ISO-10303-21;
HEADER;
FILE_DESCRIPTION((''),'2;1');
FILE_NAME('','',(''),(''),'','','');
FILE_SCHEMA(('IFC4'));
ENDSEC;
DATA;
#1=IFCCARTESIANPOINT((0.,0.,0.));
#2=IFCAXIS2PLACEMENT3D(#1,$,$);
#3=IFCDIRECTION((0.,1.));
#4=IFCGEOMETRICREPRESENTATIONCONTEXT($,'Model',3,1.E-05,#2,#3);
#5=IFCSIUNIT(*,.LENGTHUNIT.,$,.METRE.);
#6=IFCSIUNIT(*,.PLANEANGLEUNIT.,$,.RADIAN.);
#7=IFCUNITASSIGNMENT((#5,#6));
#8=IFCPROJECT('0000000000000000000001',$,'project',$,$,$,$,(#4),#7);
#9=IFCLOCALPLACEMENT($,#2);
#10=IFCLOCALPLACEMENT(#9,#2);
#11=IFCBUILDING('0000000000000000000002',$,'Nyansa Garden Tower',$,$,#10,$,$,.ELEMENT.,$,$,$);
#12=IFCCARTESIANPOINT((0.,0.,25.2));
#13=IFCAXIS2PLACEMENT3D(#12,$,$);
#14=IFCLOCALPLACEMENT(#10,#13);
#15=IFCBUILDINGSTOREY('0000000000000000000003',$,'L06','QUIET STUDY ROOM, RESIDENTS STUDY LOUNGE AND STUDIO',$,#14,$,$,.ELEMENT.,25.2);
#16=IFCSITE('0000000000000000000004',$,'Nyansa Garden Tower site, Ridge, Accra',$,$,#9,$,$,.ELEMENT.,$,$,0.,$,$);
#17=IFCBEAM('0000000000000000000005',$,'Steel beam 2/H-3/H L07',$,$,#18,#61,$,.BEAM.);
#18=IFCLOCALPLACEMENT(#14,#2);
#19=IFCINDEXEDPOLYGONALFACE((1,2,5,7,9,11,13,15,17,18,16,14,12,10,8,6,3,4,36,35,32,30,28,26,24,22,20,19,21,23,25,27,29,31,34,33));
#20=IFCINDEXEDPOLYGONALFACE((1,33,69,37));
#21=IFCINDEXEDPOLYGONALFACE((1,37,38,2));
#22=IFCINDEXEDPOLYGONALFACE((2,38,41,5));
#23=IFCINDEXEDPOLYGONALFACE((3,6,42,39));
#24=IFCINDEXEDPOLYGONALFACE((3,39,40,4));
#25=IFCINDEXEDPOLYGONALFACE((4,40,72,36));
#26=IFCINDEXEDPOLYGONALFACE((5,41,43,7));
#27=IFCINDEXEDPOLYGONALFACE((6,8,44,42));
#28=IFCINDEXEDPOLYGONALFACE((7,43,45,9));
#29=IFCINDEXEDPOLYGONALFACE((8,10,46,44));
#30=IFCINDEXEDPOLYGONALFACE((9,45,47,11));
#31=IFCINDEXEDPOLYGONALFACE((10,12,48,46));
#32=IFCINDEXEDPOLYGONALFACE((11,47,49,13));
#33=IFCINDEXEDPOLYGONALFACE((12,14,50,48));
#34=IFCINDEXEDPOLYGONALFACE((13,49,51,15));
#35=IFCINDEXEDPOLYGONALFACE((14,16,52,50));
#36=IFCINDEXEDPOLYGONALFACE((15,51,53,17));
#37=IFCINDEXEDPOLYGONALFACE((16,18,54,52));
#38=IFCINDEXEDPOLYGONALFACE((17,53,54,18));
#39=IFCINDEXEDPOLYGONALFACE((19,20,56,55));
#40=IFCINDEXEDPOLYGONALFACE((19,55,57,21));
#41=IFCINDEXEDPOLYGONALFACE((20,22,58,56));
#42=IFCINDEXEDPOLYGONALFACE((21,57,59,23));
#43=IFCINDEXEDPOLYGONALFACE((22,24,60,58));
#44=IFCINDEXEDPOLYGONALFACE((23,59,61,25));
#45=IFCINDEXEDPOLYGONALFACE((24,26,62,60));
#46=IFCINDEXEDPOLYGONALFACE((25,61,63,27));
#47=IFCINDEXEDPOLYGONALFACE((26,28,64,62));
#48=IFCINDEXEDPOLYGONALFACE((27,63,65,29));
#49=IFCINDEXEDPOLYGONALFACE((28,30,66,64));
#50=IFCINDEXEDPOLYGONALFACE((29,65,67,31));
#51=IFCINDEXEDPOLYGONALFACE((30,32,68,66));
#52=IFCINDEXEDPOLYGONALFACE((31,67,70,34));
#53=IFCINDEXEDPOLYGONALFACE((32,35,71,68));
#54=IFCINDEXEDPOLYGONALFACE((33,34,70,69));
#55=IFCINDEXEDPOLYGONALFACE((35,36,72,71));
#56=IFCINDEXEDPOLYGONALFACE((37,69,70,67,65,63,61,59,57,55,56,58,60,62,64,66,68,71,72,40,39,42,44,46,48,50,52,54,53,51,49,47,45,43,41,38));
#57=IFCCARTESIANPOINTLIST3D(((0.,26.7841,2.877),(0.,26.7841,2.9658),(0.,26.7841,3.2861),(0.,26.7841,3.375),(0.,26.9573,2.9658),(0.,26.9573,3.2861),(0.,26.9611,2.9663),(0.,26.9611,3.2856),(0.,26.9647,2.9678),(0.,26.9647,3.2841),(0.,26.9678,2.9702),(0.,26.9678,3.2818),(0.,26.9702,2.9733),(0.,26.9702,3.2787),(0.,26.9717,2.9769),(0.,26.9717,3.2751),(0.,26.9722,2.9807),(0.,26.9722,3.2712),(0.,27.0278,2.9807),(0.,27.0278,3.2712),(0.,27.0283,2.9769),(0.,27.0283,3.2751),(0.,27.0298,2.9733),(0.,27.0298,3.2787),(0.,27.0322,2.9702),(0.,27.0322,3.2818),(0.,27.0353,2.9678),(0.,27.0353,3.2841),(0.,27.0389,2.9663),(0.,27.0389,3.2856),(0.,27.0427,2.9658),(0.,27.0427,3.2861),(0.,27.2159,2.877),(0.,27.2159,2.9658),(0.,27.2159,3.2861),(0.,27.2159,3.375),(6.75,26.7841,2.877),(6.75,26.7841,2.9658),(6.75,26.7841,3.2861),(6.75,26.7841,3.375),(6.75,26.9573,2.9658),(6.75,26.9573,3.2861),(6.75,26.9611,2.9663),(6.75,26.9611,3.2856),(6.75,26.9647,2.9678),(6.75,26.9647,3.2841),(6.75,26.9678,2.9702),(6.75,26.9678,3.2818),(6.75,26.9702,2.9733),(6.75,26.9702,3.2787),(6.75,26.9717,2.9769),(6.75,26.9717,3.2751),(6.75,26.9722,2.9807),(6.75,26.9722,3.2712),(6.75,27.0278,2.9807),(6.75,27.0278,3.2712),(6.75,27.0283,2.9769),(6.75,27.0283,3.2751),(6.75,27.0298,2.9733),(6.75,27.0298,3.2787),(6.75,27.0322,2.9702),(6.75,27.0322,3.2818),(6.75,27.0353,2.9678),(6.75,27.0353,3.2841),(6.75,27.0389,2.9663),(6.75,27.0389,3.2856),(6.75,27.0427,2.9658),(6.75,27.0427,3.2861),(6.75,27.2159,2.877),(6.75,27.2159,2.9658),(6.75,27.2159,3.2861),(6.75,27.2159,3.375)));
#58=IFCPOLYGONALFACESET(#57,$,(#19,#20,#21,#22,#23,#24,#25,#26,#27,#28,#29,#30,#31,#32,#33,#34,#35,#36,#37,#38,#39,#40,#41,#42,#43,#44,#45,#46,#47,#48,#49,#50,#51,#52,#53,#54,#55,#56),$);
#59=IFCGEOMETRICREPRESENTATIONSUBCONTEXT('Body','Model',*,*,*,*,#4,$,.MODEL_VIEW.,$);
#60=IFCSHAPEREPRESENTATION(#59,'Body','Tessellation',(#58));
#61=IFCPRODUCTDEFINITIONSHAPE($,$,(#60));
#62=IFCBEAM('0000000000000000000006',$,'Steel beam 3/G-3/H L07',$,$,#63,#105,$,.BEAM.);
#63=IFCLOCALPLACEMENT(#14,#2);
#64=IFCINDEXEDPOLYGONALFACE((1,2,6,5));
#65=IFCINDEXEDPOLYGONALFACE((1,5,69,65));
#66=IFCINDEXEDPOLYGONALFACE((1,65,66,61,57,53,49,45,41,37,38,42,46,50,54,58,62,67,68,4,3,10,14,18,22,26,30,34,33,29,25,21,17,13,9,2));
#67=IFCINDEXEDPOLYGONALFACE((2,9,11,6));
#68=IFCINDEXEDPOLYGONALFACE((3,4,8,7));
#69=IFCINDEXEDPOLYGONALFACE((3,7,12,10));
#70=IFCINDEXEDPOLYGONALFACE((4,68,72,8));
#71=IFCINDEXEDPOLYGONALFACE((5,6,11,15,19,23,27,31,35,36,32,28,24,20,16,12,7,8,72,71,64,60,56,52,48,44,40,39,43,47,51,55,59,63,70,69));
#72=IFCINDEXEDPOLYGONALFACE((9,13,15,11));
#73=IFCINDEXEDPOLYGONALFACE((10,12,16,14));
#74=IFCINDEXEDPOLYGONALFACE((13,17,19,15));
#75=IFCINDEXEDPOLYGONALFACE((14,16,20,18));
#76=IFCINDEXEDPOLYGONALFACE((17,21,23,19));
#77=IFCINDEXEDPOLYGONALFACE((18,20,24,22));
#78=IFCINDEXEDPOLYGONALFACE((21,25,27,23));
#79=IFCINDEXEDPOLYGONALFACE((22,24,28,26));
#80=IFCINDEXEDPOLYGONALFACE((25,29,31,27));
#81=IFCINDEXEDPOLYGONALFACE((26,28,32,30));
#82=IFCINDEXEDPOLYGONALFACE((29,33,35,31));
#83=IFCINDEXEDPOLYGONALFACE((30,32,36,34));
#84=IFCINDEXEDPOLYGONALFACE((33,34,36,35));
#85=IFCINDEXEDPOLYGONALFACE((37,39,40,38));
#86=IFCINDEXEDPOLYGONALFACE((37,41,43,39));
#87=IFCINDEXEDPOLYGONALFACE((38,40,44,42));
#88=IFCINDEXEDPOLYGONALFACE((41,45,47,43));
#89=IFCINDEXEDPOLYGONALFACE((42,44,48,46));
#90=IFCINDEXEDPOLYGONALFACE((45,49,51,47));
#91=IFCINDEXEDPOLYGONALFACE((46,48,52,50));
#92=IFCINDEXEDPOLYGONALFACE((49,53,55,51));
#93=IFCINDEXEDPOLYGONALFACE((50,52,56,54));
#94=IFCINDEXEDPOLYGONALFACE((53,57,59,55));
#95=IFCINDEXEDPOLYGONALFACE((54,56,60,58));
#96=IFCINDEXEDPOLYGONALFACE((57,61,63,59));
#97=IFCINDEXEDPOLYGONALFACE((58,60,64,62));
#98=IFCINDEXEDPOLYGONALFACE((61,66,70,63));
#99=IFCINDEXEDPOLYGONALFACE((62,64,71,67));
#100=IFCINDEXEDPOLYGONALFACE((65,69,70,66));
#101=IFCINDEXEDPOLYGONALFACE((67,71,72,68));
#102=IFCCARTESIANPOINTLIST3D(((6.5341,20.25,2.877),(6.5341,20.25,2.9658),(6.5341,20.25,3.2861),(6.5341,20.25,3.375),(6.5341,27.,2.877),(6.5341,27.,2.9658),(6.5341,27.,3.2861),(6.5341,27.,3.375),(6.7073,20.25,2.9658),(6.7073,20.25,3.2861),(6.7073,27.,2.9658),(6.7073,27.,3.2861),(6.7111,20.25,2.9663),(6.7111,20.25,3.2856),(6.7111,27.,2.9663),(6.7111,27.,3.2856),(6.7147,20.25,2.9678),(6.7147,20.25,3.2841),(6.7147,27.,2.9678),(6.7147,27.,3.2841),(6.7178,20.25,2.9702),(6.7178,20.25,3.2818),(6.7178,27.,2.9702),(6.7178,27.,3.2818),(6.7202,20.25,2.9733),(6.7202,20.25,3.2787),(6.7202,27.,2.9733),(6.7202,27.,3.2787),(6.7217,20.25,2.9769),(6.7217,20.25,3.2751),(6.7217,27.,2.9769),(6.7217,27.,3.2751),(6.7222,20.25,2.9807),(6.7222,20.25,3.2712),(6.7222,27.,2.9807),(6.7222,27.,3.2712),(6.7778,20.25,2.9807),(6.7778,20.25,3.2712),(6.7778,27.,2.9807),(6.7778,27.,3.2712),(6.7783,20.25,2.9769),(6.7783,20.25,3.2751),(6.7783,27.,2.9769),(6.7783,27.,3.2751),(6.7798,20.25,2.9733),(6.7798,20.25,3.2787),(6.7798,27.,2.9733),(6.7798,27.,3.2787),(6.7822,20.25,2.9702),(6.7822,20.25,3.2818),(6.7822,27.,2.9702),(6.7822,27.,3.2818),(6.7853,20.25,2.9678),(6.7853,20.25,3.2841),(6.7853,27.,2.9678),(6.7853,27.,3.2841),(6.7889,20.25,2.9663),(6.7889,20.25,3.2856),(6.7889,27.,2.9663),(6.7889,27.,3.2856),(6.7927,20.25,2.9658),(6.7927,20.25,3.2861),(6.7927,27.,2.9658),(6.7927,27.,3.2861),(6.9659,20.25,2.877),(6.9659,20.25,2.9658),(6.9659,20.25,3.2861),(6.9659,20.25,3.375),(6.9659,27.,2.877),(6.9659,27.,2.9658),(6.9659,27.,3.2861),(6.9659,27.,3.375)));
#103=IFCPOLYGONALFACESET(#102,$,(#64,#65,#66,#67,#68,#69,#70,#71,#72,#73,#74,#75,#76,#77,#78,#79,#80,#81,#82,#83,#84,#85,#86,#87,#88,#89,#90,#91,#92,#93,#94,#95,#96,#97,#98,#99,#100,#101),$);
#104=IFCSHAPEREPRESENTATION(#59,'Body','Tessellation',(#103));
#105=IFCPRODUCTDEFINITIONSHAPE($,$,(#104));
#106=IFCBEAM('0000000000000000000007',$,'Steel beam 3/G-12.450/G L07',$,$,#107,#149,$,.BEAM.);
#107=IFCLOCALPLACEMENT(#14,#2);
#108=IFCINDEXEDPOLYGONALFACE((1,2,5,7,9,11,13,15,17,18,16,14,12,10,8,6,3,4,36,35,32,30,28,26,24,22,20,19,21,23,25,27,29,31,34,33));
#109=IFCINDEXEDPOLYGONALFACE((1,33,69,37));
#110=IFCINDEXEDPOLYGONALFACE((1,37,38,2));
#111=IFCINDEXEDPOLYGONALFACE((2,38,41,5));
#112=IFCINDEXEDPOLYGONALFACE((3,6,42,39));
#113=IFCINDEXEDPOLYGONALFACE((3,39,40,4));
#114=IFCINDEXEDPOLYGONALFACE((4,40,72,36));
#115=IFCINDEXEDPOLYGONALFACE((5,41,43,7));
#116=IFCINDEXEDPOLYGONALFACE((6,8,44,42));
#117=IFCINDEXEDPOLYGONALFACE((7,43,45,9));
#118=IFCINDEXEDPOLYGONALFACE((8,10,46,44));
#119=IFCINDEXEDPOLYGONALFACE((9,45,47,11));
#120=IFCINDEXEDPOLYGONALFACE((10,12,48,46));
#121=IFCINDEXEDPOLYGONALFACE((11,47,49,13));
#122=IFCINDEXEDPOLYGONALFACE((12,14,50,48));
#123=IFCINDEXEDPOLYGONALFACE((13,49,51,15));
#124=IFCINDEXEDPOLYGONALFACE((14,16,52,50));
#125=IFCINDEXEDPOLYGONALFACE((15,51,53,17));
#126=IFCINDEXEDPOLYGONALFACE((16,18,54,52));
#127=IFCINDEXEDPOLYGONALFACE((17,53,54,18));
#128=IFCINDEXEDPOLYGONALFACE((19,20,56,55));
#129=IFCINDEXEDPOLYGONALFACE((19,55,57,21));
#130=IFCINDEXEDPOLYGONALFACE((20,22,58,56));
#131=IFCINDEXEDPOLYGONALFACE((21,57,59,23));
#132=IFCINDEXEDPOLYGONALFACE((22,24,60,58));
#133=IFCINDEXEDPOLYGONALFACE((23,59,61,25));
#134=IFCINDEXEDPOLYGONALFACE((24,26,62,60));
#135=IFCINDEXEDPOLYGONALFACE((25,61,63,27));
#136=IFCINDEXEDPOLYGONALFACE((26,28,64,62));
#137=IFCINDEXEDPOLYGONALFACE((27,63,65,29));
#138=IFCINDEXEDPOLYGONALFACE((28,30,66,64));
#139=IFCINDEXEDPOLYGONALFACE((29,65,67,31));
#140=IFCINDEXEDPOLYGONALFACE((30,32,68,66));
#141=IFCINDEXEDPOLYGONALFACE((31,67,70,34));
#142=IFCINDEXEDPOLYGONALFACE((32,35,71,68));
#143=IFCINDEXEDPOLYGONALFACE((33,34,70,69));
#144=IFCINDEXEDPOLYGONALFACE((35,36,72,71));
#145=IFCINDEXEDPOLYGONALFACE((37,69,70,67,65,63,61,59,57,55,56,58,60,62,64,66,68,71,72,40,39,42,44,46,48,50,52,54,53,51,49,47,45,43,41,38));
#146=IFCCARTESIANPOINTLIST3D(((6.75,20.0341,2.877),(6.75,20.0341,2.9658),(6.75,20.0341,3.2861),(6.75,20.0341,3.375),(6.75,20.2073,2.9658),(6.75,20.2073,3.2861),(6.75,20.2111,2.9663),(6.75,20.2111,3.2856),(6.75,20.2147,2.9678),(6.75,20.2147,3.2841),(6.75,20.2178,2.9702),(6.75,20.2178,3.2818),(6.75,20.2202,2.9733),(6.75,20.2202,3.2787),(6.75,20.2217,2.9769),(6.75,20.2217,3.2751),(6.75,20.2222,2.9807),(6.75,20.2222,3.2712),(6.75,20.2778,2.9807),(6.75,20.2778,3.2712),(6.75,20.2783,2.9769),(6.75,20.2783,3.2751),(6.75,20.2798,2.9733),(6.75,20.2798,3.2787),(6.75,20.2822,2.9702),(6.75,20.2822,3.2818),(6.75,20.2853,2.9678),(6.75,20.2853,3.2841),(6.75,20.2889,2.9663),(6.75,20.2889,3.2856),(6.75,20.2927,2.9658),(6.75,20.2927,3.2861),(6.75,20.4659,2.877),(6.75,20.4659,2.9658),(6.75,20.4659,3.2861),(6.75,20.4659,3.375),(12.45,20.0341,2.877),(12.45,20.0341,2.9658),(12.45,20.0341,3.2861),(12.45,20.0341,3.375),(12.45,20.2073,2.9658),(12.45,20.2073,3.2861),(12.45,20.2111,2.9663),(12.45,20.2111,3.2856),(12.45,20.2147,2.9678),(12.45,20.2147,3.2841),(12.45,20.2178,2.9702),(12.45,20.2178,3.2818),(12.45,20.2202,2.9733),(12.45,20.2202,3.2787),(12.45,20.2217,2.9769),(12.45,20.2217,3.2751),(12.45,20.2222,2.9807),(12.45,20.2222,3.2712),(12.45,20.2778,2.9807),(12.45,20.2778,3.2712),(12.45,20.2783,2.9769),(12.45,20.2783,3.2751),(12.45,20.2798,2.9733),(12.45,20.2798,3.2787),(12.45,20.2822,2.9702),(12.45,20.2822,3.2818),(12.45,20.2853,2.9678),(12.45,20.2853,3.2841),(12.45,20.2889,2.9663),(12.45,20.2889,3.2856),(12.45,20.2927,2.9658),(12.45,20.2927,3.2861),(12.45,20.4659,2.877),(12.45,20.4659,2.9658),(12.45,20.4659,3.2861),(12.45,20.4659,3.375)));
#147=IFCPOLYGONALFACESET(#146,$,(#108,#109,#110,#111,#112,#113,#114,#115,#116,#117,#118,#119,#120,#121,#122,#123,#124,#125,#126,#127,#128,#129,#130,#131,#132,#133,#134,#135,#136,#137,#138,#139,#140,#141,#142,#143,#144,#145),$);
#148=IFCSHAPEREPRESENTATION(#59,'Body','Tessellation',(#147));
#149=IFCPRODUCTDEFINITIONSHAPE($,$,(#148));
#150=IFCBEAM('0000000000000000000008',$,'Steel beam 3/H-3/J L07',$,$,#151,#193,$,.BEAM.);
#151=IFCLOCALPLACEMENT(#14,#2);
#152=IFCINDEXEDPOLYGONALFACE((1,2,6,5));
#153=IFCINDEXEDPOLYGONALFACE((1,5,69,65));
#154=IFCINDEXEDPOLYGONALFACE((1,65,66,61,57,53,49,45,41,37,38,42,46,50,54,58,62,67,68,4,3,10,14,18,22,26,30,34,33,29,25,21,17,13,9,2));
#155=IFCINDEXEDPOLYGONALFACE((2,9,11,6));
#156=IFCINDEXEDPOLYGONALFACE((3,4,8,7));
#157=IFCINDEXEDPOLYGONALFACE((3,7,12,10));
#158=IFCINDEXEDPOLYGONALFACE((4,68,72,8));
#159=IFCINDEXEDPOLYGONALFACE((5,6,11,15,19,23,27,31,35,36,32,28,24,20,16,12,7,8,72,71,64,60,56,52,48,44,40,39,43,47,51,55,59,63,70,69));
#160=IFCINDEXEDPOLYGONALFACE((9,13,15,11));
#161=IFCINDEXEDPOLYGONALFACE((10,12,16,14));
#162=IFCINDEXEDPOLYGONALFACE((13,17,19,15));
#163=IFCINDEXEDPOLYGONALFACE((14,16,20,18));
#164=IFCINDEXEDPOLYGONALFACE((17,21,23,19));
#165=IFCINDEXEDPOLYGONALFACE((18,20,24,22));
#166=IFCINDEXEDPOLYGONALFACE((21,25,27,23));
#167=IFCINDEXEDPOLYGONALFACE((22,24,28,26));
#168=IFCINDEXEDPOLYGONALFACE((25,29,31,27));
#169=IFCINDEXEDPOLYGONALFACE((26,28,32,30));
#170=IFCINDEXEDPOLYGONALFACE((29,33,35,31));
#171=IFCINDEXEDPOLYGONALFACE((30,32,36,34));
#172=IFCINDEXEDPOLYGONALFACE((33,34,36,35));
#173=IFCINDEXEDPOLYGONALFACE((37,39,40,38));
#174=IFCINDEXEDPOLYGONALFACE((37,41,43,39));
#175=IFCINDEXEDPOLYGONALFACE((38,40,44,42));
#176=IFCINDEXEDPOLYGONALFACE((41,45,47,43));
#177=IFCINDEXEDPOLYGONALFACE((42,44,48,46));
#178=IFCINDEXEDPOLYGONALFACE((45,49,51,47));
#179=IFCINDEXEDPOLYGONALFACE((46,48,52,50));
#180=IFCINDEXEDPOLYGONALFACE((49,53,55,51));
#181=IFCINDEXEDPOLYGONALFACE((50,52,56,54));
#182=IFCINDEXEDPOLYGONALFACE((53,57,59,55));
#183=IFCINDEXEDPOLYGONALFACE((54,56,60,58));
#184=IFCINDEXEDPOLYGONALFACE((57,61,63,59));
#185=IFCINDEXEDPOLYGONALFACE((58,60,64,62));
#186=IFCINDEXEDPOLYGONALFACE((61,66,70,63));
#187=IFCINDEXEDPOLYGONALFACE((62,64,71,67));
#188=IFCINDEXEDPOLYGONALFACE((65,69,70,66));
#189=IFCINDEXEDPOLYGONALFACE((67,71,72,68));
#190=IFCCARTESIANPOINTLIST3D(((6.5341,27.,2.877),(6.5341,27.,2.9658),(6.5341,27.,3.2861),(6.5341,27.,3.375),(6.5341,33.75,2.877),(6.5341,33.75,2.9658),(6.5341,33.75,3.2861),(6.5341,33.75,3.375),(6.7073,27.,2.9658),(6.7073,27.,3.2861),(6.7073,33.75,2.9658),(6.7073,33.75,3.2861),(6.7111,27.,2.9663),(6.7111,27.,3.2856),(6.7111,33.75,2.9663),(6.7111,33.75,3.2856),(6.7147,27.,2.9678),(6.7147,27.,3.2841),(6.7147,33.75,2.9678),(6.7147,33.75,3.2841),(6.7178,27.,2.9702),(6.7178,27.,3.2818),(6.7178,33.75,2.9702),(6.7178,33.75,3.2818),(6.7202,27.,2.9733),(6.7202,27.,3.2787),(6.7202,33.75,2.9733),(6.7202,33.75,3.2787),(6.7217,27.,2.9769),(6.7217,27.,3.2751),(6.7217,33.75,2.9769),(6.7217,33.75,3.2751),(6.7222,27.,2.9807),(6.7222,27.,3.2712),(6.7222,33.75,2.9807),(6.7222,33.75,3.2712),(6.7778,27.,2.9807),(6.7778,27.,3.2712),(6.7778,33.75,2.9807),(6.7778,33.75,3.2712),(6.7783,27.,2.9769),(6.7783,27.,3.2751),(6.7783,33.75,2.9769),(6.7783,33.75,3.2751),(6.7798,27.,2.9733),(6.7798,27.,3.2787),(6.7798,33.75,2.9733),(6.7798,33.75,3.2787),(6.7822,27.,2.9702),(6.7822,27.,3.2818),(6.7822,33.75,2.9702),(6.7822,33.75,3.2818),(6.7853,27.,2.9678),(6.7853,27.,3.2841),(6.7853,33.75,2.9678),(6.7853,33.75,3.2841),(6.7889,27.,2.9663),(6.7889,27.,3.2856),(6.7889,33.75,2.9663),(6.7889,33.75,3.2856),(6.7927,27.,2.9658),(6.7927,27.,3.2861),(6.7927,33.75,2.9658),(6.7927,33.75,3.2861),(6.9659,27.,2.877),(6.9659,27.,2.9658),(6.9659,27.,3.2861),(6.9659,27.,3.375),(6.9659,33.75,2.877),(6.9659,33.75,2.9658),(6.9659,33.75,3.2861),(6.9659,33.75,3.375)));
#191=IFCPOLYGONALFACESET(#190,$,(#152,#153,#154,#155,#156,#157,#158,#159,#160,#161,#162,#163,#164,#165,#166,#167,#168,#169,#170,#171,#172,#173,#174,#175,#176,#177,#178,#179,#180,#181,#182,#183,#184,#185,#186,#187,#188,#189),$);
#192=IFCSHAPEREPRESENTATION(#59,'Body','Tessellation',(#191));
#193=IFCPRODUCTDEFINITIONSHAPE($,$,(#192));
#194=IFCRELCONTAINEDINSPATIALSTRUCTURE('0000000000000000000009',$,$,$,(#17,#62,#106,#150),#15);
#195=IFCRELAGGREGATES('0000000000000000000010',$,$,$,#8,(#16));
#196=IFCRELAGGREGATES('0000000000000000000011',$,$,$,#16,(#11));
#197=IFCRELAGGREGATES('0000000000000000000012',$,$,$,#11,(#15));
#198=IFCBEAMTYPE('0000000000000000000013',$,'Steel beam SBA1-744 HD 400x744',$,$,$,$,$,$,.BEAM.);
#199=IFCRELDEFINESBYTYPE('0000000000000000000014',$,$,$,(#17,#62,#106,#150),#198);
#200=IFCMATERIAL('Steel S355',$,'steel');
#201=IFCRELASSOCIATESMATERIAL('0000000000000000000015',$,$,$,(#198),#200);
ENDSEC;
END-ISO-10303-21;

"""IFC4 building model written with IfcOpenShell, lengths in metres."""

from ifc_helpers import new_model, si_unit, direction, frame, origin, origin_2d, place, context, subcontext, project, spatial, i_section, extrude, material, material_profile, profile_set, type_object, element, save


model = new_model("IFC4")

# Units and contexts
model_context = context("Model", 3, precision=1e-05, world=origin(), true_north=direction((0.0, 1.0)))
body_context = subcontext(model_context, "Body", "Model", "MODEL_VIEW")
ifc_project = project(units=[si_unit("LENGTHUNIT", "METRE"), si_unit("PLANEANGLEUNIT", "RADIAN")], contexts=[model_context])

# Site, building, storey
site_placement = place(None, origin())
site = spatial("IfcSite", under=ifc_project, at=site_placement, Name="Nyansa Garden Tower site, Ridge, Accra", CompositionType="ELEMENT", RefElevation=0.0)
building_placement = place(site_placement, origin())
building = spatial("IfcBuilding", under=site, at=building_placement, Name="Nyansa Garden Tower", CompositionType="ELEMENT")
storey_placement = place(building_placement, frame((0.0, 0.0, 25.2)))
storey = spatial("IfcBuildingStorey", under=building, at=storey_placement, Name="L06", Description="QUIET STUDY ROOM, RESIDENTS STUDY LOUNGE AND STUDIO", CompositionType="ELEMENT", Elevation=25.2)

# Beams
ifc_material_1 = material(Name="Steel S355", Category="steel")
ifc_material_profile_1 = material_profile(ifc_material_1, i_section(OverallWidth=0.4319, OverallDepth=0.498, WebThickness=0.0557, FlangeThickness=0.0889, FilletRadius=0.0149, at=origin_2d()), Name="HD 400x744")
ifc_profile_set_1 = profile_set([ifc_material_profile_1], Name="Steel S355")
beam_type_1 = type_object("IfcBeamType", Name="Steel beam SBA1-744 HD 400x744", PredefinedType="BEAM", material=ifc_profile_set_1)
for number, where, z_axis, x_axis, name in (
    (1, (0.0, 27.0, 3.126), (1.0, 0.0, 0.0), (0.0, 1.0, 0.0), "Steel beam 2/H-3/H L07"),
    (2, (6.75, 20.25, 3.126), (0.0, 1.0, 0.0), (-1.0, 0.0, 0.0), "Steel beam 3/G-3/H L07"),
):
    element("IfcBeam", number, at=place(storey_placement, frame(where, z_axis=z_axis, x_axis=x_axis)), inside=storey, type_object=beam_type_1, Name=name, PredefinedType="BEAM", context=body_context, shape_type="SweptSolid", body=[
        extrude(i_section(OverallWidth=0.4319, OverallDepth=0.498, WebThickness=0.0557, FlangeThickness=0.0889, FilletRadius=0.0149, at=origin_2d()), origin(), (0.0, 0.0, 1.0), 6.75),
    ])
beam_1_placement = place(storey_placement, frame((6.75, 20.25, 3.126), z_axis=(1.0, 0.0, 0.0), x_axis=(0.0, 1.0, 0.0)))
element("IfcBeam", 3, at=beam_1_placement, inside=storey, type_object=beam_type_1, Name="Steel beam 3/G-12.450/G L07", PredefinedType="BEAM", context=body_context, shape_type="SweptSolid", body=[
    extrude(i_section(OverallWidth=0.4319, OverallDepth=0.498, WebThickness=0.0557, FlangeThickness=0.0889, FilletRadius=0.0149, at=origin_2d()), origin(), (0.0, 0.0, 1.0), 5.7),
])
beam_2_placement = place(storey_placement, frame((6.75, 27.0, 3.126), z_axis=(0.0, 1.0, 0.0), x_axis=(-1.0, 0.0, 0.0)))
element("IfcBeam", 4, at=beam_2_placement, inside=storey, type_object=beam_type_1, Name="Steel beam 3/H-3/J L07", PredefinedType="BEAM", context=body_context, shape_type="SweptSolid", body=[
    extrude(i_section(OverallWidth=0.4319, OverallDepth=0.498, WebThickness=0.0557, FlangeThickness=0.0889, FilletRadius=0.0149, at=origin_2d()), origin(), (0.0, 0.0, 1.0), 6.75),
])

save(model, "model.ifc")
